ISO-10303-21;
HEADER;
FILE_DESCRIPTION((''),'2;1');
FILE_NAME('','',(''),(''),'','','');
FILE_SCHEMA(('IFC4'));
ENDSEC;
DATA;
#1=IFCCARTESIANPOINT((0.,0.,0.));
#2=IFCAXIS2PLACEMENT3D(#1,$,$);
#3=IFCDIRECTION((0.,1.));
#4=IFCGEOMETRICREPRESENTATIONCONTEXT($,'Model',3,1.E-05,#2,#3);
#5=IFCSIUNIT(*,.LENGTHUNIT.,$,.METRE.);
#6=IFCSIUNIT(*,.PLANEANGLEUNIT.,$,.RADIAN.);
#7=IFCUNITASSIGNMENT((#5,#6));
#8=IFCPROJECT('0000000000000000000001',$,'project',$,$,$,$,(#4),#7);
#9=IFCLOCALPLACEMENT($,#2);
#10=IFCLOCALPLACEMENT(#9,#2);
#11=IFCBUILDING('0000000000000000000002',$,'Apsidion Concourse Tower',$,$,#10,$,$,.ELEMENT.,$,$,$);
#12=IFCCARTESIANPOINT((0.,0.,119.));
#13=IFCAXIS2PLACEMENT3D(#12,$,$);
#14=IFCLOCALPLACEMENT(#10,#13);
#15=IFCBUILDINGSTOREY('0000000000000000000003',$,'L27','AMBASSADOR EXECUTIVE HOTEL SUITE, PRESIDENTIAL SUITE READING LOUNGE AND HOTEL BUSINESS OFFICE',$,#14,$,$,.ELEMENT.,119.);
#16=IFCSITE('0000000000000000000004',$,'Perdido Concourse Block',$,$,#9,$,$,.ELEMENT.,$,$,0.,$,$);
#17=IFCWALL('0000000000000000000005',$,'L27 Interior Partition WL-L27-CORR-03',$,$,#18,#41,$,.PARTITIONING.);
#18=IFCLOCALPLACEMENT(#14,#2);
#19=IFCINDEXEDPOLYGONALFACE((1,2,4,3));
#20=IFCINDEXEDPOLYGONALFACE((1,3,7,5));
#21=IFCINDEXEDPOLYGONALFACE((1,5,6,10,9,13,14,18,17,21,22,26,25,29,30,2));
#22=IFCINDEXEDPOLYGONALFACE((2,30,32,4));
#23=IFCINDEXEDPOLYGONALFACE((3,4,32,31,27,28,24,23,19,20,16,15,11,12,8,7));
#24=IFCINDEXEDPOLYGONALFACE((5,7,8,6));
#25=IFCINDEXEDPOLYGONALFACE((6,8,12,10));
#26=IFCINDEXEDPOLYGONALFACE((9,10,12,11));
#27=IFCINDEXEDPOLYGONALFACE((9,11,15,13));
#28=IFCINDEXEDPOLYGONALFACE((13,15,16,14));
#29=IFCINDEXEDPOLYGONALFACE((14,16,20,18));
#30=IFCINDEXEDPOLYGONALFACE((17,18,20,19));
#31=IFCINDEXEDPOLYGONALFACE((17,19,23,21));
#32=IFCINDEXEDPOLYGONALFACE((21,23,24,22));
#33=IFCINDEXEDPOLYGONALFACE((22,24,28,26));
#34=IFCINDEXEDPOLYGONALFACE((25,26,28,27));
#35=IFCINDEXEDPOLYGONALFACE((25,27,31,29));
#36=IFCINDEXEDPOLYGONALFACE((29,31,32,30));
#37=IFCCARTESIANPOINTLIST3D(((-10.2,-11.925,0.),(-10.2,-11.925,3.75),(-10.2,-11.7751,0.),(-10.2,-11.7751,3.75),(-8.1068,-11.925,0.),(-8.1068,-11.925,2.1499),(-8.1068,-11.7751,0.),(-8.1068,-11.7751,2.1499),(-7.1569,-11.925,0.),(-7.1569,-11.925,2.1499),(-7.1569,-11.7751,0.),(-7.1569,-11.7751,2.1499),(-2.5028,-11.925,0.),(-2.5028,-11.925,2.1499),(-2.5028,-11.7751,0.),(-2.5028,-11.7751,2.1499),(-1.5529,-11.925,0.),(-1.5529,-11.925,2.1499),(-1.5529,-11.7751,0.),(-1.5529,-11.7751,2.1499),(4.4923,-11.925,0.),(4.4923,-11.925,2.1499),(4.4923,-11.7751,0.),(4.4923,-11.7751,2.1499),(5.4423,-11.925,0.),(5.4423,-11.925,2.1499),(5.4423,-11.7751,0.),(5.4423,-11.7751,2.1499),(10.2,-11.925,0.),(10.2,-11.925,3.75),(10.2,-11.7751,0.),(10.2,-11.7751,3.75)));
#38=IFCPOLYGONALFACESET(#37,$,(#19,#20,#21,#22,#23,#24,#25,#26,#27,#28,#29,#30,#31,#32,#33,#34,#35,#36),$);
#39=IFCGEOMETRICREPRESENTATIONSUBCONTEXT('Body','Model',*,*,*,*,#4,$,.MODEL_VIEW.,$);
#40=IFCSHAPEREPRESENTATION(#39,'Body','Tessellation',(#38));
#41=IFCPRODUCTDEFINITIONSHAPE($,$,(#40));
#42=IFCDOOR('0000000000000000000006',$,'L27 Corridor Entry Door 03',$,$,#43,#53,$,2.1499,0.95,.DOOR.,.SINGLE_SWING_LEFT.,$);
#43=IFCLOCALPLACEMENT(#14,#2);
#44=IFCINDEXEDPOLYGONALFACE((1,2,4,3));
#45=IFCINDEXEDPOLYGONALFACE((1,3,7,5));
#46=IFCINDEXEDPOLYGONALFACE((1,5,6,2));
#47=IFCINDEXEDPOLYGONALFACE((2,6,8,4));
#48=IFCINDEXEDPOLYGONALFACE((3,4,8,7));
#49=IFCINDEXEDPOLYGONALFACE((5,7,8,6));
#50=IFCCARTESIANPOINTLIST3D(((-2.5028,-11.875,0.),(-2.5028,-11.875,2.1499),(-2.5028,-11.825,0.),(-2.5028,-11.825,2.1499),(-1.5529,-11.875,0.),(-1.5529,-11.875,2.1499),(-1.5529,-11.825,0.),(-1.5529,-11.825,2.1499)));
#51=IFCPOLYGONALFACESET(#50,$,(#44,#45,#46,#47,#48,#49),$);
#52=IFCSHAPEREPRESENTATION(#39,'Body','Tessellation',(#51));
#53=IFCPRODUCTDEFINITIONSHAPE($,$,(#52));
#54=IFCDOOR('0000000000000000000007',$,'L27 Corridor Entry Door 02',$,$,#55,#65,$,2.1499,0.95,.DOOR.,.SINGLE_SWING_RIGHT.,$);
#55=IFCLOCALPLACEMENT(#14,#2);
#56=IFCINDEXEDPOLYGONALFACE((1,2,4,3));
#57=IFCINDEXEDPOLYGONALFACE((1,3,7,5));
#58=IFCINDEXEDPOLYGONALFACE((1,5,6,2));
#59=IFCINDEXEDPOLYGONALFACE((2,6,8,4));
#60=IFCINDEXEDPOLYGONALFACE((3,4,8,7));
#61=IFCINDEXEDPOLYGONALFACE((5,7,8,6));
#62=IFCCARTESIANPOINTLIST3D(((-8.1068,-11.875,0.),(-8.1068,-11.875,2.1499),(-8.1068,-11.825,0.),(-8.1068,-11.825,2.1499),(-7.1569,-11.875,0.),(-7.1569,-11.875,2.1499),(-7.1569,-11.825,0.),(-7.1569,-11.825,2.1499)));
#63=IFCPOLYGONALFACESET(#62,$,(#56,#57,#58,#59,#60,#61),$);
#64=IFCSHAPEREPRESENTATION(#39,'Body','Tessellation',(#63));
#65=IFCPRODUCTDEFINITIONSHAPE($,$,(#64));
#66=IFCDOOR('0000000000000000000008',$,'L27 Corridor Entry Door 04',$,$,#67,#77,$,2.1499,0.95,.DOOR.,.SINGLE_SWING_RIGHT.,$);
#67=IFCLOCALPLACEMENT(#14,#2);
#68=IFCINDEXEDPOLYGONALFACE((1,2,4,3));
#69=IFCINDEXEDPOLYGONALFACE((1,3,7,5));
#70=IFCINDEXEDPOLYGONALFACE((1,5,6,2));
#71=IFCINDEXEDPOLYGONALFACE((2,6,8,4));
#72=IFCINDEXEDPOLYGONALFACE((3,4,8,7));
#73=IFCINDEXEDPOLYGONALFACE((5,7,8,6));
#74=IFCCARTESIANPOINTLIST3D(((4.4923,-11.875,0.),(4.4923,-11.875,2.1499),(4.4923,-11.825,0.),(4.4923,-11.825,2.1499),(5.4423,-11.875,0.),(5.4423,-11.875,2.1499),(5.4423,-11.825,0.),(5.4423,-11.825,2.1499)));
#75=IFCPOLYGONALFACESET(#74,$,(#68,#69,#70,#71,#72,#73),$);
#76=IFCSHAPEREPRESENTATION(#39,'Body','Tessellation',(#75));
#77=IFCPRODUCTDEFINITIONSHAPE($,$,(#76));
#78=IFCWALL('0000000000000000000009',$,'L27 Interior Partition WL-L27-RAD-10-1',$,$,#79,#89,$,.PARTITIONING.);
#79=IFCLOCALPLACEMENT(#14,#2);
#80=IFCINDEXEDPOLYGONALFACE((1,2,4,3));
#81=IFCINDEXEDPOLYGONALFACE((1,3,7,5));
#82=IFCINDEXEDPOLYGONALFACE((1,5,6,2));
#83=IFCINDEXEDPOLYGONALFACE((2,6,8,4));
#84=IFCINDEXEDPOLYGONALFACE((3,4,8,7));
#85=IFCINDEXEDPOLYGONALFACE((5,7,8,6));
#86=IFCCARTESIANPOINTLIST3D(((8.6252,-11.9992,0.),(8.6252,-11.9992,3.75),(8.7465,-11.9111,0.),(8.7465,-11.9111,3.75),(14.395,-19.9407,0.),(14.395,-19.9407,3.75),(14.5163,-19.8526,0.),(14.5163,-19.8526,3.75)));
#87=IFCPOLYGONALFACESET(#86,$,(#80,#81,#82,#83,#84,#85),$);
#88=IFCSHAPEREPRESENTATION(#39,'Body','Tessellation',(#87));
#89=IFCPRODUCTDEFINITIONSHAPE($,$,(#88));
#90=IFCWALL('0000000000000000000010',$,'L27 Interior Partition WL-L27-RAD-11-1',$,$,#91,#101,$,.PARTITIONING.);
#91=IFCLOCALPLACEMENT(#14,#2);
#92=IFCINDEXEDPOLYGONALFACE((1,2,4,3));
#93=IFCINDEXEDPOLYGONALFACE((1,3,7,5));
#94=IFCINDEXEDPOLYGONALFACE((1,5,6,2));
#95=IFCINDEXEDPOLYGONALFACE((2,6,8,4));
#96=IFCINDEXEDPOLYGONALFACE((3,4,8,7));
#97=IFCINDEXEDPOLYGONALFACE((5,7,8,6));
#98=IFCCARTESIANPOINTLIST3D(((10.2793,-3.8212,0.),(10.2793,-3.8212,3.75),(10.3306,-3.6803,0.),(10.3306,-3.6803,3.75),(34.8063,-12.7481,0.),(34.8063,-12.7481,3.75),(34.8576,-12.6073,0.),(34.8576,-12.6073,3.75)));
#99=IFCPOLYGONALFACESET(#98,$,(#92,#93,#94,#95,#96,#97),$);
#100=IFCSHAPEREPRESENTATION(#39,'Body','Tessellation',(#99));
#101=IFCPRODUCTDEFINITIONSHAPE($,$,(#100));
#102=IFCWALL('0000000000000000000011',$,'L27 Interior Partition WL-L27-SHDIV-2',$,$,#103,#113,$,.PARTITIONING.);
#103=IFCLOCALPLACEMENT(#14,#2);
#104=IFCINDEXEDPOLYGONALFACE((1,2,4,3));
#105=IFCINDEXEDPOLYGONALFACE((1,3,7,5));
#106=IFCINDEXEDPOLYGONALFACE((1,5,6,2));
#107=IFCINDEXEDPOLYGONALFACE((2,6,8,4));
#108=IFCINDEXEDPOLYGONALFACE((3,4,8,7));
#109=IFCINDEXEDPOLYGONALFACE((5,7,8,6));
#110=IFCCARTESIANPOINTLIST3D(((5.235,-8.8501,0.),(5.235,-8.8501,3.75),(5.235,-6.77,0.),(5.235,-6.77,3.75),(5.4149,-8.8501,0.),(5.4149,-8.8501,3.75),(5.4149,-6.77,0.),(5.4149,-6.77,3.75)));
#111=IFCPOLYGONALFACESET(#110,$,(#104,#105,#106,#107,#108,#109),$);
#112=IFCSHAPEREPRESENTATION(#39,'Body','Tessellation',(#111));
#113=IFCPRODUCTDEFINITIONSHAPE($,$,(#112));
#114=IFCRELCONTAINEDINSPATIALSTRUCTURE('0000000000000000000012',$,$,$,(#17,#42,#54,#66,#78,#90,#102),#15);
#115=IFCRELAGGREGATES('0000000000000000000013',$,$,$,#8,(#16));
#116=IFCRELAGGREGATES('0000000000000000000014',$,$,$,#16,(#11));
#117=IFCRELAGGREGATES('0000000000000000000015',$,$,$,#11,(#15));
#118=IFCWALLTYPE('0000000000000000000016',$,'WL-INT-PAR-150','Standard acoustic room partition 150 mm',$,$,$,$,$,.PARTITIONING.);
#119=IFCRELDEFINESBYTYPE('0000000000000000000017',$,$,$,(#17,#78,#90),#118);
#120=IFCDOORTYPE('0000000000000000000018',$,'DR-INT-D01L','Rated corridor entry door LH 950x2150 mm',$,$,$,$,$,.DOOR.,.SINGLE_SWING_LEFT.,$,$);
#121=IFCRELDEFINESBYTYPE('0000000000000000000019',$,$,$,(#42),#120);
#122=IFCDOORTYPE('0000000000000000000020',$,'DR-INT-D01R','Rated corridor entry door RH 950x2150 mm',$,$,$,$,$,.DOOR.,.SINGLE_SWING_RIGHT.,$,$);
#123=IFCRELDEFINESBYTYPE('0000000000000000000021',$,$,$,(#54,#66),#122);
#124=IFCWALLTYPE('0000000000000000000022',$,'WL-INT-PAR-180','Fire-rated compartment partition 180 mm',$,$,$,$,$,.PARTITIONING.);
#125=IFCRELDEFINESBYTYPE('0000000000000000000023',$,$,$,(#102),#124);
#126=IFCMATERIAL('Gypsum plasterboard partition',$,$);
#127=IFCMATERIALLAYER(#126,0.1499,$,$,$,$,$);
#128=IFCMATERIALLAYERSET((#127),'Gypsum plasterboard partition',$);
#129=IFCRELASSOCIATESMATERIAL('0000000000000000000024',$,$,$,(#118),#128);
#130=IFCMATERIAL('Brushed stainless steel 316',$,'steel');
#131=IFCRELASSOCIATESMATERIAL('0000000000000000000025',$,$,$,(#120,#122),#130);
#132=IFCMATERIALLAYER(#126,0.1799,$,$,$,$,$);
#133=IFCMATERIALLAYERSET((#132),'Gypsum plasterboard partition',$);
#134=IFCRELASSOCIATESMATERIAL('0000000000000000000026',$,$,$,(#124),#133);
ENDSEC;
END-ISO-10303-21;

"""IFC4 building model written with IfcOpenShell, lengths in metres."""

from ifc_helpers import new_model, si_unit, direction, frame, frame_2d, origin, place, context, subcontext, project, spatial, rectangle, extrude, material, layer, layer_set, type_object, element, fill, save


model = new_model("IFC4")

# Units and contexts
model_context = context("Model", 3, precision=1e-05, world=origin(), true_north=direction((0.0, 1.0)))
body_context = subcontext(model_context, "Body", "Model", "MODEL_VIEW")
ifc_project = project(units=[si_unit("LENGTHUNIT", "METRE"), si_unit("PLANEANGLEUNIT", "RADIAN")], contexts=[model_context])

# Site, building, storey
site_placement = place(None, origin())
site = spatial("IfcSite", under=ifc_project, at=site_placement, Name="Perdido Concourse Block", CompositionType="ELEMENT", RefElevation=0.0)
building_placement = place(site_placement, origin())
building = spatial("IfcBuilding", under=site, at=building_placement, Name="Apsidion Concourse Tower", CompositionType="ELEMENT")
storey_placement = place(building_placement, frame((0.0, 0.0, 119.0)))
storey = spatial("IfcBuildingStorey", under=building, at=storey_placement, Name="L27", Description="AMBASSADOR EXECUTIVE HOTEL SUITE, PRESIDENTIAL SUITE READING LOUNGE AND HOTEL BUSINESS OFFICE", CompositionType="ELEMENT", Elevation=119.0)

# Wall, openings, doors
ifc_material_1 = material(Name="Gypsum plasterboard partition")
ifc_layer_1 = layer(ifc_material_1, 0.1499)
ifc_layer_set_1 = layer_set([ifc_layer_1], Name="Gypsum plasterboard partition")
wall_type_1 = type_object("IfcWallType", Name="WL-INT-PAR-150", Description="Standard acoustic room partition 150 mm", PredefinedType="PARTITIONING", material=ifc_layer_set_1)
wall_1_placement = place(storey_placement, frame((10.2, -11.8501, 0.0), z_axis=(0.0, 0.0, 1.0), x_axis=(-1.0, 0.0, 0.0)))
wall_1 = element("IfcWall", 1, at=wall_1_placement, inside=storey, type_object=wall_type_1, Name="L27 Interior Partition WL-L27-CORR-03", PredefinedType="PARTITIONING", context=body_context, shape_type="SweptSolid", body=[
    extrude(rectangle(XDim=20.3999, YDim=0.1499, at=frame_2d((10.2, 0.0))), origin(), (0.0, 0.0, 1.0), 3.75),
])
opening_1_placement = place(wall_1_placement, frame((17.3567, 0.0, 0.0)))
opening_1 = element("IfcOpeningElement", 2, at=opening_1_placement, cuts=wall_1, PredefinedType="OPENING", context=body_context, shape_type="SweptSolid", body=[
    extrude(rectangle(XDim=0.95, YDim=2.1499, at=frame_2d((0.4751, 1.075))), frame((0.0, 0.085, 0.0), z_axis=(0.0, -1.0, 0.0), x_axis=(1.0, 0.0, 0.0)), (0.0, 0.0, 1.0), 0.1699),
])
opening_2_placement = place(wall_1_placement, frame((11.7527, 0.0, 0.0)))
opening_2 = element("IfcOpeningElement", 3, at=opening_2_placement, cuts=wall_1, PredefinedType="OPENING", context=body_context, shape_type="SweptSolid", body=[
    extrude(rectangle(XDim=0.95, YDim=2.1499, at=frame_2d((0.4751, 1.075))), frame((0.0, 0.085, 0.0), z_axis=(0.0, -1.0, 0.0), x_axis=(1.0, 0.0, 0.0)), (0.0, 0.0, 1.0), 0.1699),
])
opening_3_placement = place(wall_1_placement, frame((4.7576, 0.0, 0.0)))
opening_3 = element("IfcOpeningElement", 4, at=opening_3_placement, cuts=wall_1, PredefinedType="OPENING", context=body_context, shape_type="SweptSolid", body=[
    extrude(rectangle(XDim=0.95, YDim=2.1499, at=frame_2d((0.4751, 1.075))), frame((0.0, 0.085, 0.0), z_axis=(0.0, -1.0, 0.0), x_axis=(1.0, 0.0, 0.0)), (0.0, 0.0, 1.0), 0.1699),
])
ifc_material_2 = material(Name="Brushed stainless steel 316", Category="steel")
door_type_1 = type_object("IfcDoorType", Name="DR-INT-D01L", Description="Rated corridor entry door LH 950x2150 mm", OperationType="SINGLE_SWING_LEFT", PredefinedType="DOOR", material=ifc_material_2)
door_1_placement = place(opening_2_placement, origin())
door_1 = element("IfcDoor", 5, at=door_1_placement, inside=storey, type_object=door_type_1, Name="L27 Corridor Entry Door 03", OperationType="SINGLE_SWING_LEFT", OverallHeight=2.1499, OverallWidth=0.95, PredefinedType="DOOR", context=body_context, shape_type="SweptSolid", body=[
    extrude(rectangle(XDim=0.95, YDim=2.1499, at=frame_2d((0.4751, 1.075))), frame((0.0, 0.0249, 0.0), z_axis=(0.0, -1.0, 0.0), x_axis=(1.0, 0.0, 0.0)), (0.0, 0.0, 1.0), 0.05),
])
fill(opening_2, door_1)
door_type_2 = type_object("IfcDoorType", Name="DR-INT-D01R", Description="Rated corridor entry door RH 950x2150 mm", OperationType="SINGLE_SWING_RIGHT", PredefinedType="DOOR", material=ifc_material_2)
door_2_placement = place(opening_1_placement, origin())
door_2 = element("IfcDoor", 6, at=door_2_placement, inside=storey, type_object=door_type_2, Name="L27 Corridor Entry Door 02", OperationType="SINGLE_SWING_RIGHT", OverallHeight=2.1499, OverallWidth=0.95, PredefinedType="DOOR", context=body_context, shape_type="SweptSolid", body=[
    extrude(rectangle(XDim=0.95, YDim=2.1499, at=frame_2d((0.4751, 1.075))), frame((0.0, 0.0249, 0.0), z_axis=(0.0, -1.0, 0.0), x_axis=(1.0, 0.0, 0.0)), (0.0, 0.0, 1.0), 0.05),
])
fill(opening_1, door_2)
door_3_placement = place(opening_3_placement, origin())
door_3 = element("IfcDoor", 7, at=door_3_placement, inside=storey, type_object=door_type_2, Name="L27 Corridor Entry Door 04", OperationType="SINGLE_SWING_RIGHT", OverallHeight=2.1499, OverallWidth=0.95, PredefinedType="DOOR", context=body_context, shape_type="SweptSolid", body=[
    extrude(rectangle(XDim=0.95, YDim=2.1499, at=frame_2d((0.4751, 1.075))), frame((0.0, 0.0249, 0.0), z_axis=(0.0, -1.0, 0.0), x_axis=(1.0, 0.0, 0.0)), (0.0, 0.0, 1.0), 0.05),
])
fill(opening_3, door_3)

# Walls
wall_2_placement = place(storey_placement, frame((8.6858, -11.9551, 0.0), z_axis=(0.0, 0.0, 1.0), x_axis=(0.587786, -0.809017, 0.0)))
element("IfcWall", 8, at=wall_2_placement, inside=storey, type_object=wall_type_1, Name="L27 Interior Partition WL-L27-RAD-10-1", PredefinedType="PARTITIONING", context=body_context, shape_type="SweptSolid", body=[
    extrude(rectangle(XDim=9.8162, YDim=0.1499, at=frame_2d((4.9082, 0.0))), origin(), (0.0, 0.0, 1.0), 3.75),
])
wall_3_placement = place(storey_placement, frame((10.3049, -3.7507, 0.0), z_axis=(0.0, 0.0, 1.0), x_axis=(0.939694, -0.342016, 0.0)))
element("IfcWall", 9, at=wall_3_placement, inside=storey, type_object=wall_type_1, Name="L27 Interior Partition WL-L27-RAD-11-1", PredefinedType="PARTITIONING", context=body_context, shape_type="SweptSolid", body=[
    extrude(rectangle(XDim=26.1011, YDim=0.1499, at=frame_2d((13.0505, 0.0))), origin(), (0.0, 0.0, 1.0), 3.75),
])
ifc_layer_2 = layer(ifc_material_1, 0.1799)
ifc_layer_set_2 = layer_set([ifc_layer_2], Name="Gypsum plasterboard partition")
wall_type_2 = type_object("IfcWallType", Name="WL-INT-PAR-180", Description="Fire-rated compartment partition 180 mm", PredefinedType="PARTITIONING", material=ifc_layer_set_2)
wall_4_placement = place(storey_placement, frame((5.325, -8.8501, 0.0), z_axis=(0.0, 0.0, 1.0), x_axis=(0.0, 1.0, 0.0)))
element("IfcWall", 10, at=wall_4_placement, inside=storey, type_object=wall_type_2, Name="L27 Interior Partition WL-L27-SHDIV-2", PredefinedType="PARTITIONING", context=body_context, shape_type="SweptSolid", body=[
    extrude(rectangle(XDim=2.0801, YDim=0.1799, at=frame_2d((1.04, 0.0))), origin(), (0.0, 0.0, 1.0), 3.75),
])

save(model, "model.ifc")
